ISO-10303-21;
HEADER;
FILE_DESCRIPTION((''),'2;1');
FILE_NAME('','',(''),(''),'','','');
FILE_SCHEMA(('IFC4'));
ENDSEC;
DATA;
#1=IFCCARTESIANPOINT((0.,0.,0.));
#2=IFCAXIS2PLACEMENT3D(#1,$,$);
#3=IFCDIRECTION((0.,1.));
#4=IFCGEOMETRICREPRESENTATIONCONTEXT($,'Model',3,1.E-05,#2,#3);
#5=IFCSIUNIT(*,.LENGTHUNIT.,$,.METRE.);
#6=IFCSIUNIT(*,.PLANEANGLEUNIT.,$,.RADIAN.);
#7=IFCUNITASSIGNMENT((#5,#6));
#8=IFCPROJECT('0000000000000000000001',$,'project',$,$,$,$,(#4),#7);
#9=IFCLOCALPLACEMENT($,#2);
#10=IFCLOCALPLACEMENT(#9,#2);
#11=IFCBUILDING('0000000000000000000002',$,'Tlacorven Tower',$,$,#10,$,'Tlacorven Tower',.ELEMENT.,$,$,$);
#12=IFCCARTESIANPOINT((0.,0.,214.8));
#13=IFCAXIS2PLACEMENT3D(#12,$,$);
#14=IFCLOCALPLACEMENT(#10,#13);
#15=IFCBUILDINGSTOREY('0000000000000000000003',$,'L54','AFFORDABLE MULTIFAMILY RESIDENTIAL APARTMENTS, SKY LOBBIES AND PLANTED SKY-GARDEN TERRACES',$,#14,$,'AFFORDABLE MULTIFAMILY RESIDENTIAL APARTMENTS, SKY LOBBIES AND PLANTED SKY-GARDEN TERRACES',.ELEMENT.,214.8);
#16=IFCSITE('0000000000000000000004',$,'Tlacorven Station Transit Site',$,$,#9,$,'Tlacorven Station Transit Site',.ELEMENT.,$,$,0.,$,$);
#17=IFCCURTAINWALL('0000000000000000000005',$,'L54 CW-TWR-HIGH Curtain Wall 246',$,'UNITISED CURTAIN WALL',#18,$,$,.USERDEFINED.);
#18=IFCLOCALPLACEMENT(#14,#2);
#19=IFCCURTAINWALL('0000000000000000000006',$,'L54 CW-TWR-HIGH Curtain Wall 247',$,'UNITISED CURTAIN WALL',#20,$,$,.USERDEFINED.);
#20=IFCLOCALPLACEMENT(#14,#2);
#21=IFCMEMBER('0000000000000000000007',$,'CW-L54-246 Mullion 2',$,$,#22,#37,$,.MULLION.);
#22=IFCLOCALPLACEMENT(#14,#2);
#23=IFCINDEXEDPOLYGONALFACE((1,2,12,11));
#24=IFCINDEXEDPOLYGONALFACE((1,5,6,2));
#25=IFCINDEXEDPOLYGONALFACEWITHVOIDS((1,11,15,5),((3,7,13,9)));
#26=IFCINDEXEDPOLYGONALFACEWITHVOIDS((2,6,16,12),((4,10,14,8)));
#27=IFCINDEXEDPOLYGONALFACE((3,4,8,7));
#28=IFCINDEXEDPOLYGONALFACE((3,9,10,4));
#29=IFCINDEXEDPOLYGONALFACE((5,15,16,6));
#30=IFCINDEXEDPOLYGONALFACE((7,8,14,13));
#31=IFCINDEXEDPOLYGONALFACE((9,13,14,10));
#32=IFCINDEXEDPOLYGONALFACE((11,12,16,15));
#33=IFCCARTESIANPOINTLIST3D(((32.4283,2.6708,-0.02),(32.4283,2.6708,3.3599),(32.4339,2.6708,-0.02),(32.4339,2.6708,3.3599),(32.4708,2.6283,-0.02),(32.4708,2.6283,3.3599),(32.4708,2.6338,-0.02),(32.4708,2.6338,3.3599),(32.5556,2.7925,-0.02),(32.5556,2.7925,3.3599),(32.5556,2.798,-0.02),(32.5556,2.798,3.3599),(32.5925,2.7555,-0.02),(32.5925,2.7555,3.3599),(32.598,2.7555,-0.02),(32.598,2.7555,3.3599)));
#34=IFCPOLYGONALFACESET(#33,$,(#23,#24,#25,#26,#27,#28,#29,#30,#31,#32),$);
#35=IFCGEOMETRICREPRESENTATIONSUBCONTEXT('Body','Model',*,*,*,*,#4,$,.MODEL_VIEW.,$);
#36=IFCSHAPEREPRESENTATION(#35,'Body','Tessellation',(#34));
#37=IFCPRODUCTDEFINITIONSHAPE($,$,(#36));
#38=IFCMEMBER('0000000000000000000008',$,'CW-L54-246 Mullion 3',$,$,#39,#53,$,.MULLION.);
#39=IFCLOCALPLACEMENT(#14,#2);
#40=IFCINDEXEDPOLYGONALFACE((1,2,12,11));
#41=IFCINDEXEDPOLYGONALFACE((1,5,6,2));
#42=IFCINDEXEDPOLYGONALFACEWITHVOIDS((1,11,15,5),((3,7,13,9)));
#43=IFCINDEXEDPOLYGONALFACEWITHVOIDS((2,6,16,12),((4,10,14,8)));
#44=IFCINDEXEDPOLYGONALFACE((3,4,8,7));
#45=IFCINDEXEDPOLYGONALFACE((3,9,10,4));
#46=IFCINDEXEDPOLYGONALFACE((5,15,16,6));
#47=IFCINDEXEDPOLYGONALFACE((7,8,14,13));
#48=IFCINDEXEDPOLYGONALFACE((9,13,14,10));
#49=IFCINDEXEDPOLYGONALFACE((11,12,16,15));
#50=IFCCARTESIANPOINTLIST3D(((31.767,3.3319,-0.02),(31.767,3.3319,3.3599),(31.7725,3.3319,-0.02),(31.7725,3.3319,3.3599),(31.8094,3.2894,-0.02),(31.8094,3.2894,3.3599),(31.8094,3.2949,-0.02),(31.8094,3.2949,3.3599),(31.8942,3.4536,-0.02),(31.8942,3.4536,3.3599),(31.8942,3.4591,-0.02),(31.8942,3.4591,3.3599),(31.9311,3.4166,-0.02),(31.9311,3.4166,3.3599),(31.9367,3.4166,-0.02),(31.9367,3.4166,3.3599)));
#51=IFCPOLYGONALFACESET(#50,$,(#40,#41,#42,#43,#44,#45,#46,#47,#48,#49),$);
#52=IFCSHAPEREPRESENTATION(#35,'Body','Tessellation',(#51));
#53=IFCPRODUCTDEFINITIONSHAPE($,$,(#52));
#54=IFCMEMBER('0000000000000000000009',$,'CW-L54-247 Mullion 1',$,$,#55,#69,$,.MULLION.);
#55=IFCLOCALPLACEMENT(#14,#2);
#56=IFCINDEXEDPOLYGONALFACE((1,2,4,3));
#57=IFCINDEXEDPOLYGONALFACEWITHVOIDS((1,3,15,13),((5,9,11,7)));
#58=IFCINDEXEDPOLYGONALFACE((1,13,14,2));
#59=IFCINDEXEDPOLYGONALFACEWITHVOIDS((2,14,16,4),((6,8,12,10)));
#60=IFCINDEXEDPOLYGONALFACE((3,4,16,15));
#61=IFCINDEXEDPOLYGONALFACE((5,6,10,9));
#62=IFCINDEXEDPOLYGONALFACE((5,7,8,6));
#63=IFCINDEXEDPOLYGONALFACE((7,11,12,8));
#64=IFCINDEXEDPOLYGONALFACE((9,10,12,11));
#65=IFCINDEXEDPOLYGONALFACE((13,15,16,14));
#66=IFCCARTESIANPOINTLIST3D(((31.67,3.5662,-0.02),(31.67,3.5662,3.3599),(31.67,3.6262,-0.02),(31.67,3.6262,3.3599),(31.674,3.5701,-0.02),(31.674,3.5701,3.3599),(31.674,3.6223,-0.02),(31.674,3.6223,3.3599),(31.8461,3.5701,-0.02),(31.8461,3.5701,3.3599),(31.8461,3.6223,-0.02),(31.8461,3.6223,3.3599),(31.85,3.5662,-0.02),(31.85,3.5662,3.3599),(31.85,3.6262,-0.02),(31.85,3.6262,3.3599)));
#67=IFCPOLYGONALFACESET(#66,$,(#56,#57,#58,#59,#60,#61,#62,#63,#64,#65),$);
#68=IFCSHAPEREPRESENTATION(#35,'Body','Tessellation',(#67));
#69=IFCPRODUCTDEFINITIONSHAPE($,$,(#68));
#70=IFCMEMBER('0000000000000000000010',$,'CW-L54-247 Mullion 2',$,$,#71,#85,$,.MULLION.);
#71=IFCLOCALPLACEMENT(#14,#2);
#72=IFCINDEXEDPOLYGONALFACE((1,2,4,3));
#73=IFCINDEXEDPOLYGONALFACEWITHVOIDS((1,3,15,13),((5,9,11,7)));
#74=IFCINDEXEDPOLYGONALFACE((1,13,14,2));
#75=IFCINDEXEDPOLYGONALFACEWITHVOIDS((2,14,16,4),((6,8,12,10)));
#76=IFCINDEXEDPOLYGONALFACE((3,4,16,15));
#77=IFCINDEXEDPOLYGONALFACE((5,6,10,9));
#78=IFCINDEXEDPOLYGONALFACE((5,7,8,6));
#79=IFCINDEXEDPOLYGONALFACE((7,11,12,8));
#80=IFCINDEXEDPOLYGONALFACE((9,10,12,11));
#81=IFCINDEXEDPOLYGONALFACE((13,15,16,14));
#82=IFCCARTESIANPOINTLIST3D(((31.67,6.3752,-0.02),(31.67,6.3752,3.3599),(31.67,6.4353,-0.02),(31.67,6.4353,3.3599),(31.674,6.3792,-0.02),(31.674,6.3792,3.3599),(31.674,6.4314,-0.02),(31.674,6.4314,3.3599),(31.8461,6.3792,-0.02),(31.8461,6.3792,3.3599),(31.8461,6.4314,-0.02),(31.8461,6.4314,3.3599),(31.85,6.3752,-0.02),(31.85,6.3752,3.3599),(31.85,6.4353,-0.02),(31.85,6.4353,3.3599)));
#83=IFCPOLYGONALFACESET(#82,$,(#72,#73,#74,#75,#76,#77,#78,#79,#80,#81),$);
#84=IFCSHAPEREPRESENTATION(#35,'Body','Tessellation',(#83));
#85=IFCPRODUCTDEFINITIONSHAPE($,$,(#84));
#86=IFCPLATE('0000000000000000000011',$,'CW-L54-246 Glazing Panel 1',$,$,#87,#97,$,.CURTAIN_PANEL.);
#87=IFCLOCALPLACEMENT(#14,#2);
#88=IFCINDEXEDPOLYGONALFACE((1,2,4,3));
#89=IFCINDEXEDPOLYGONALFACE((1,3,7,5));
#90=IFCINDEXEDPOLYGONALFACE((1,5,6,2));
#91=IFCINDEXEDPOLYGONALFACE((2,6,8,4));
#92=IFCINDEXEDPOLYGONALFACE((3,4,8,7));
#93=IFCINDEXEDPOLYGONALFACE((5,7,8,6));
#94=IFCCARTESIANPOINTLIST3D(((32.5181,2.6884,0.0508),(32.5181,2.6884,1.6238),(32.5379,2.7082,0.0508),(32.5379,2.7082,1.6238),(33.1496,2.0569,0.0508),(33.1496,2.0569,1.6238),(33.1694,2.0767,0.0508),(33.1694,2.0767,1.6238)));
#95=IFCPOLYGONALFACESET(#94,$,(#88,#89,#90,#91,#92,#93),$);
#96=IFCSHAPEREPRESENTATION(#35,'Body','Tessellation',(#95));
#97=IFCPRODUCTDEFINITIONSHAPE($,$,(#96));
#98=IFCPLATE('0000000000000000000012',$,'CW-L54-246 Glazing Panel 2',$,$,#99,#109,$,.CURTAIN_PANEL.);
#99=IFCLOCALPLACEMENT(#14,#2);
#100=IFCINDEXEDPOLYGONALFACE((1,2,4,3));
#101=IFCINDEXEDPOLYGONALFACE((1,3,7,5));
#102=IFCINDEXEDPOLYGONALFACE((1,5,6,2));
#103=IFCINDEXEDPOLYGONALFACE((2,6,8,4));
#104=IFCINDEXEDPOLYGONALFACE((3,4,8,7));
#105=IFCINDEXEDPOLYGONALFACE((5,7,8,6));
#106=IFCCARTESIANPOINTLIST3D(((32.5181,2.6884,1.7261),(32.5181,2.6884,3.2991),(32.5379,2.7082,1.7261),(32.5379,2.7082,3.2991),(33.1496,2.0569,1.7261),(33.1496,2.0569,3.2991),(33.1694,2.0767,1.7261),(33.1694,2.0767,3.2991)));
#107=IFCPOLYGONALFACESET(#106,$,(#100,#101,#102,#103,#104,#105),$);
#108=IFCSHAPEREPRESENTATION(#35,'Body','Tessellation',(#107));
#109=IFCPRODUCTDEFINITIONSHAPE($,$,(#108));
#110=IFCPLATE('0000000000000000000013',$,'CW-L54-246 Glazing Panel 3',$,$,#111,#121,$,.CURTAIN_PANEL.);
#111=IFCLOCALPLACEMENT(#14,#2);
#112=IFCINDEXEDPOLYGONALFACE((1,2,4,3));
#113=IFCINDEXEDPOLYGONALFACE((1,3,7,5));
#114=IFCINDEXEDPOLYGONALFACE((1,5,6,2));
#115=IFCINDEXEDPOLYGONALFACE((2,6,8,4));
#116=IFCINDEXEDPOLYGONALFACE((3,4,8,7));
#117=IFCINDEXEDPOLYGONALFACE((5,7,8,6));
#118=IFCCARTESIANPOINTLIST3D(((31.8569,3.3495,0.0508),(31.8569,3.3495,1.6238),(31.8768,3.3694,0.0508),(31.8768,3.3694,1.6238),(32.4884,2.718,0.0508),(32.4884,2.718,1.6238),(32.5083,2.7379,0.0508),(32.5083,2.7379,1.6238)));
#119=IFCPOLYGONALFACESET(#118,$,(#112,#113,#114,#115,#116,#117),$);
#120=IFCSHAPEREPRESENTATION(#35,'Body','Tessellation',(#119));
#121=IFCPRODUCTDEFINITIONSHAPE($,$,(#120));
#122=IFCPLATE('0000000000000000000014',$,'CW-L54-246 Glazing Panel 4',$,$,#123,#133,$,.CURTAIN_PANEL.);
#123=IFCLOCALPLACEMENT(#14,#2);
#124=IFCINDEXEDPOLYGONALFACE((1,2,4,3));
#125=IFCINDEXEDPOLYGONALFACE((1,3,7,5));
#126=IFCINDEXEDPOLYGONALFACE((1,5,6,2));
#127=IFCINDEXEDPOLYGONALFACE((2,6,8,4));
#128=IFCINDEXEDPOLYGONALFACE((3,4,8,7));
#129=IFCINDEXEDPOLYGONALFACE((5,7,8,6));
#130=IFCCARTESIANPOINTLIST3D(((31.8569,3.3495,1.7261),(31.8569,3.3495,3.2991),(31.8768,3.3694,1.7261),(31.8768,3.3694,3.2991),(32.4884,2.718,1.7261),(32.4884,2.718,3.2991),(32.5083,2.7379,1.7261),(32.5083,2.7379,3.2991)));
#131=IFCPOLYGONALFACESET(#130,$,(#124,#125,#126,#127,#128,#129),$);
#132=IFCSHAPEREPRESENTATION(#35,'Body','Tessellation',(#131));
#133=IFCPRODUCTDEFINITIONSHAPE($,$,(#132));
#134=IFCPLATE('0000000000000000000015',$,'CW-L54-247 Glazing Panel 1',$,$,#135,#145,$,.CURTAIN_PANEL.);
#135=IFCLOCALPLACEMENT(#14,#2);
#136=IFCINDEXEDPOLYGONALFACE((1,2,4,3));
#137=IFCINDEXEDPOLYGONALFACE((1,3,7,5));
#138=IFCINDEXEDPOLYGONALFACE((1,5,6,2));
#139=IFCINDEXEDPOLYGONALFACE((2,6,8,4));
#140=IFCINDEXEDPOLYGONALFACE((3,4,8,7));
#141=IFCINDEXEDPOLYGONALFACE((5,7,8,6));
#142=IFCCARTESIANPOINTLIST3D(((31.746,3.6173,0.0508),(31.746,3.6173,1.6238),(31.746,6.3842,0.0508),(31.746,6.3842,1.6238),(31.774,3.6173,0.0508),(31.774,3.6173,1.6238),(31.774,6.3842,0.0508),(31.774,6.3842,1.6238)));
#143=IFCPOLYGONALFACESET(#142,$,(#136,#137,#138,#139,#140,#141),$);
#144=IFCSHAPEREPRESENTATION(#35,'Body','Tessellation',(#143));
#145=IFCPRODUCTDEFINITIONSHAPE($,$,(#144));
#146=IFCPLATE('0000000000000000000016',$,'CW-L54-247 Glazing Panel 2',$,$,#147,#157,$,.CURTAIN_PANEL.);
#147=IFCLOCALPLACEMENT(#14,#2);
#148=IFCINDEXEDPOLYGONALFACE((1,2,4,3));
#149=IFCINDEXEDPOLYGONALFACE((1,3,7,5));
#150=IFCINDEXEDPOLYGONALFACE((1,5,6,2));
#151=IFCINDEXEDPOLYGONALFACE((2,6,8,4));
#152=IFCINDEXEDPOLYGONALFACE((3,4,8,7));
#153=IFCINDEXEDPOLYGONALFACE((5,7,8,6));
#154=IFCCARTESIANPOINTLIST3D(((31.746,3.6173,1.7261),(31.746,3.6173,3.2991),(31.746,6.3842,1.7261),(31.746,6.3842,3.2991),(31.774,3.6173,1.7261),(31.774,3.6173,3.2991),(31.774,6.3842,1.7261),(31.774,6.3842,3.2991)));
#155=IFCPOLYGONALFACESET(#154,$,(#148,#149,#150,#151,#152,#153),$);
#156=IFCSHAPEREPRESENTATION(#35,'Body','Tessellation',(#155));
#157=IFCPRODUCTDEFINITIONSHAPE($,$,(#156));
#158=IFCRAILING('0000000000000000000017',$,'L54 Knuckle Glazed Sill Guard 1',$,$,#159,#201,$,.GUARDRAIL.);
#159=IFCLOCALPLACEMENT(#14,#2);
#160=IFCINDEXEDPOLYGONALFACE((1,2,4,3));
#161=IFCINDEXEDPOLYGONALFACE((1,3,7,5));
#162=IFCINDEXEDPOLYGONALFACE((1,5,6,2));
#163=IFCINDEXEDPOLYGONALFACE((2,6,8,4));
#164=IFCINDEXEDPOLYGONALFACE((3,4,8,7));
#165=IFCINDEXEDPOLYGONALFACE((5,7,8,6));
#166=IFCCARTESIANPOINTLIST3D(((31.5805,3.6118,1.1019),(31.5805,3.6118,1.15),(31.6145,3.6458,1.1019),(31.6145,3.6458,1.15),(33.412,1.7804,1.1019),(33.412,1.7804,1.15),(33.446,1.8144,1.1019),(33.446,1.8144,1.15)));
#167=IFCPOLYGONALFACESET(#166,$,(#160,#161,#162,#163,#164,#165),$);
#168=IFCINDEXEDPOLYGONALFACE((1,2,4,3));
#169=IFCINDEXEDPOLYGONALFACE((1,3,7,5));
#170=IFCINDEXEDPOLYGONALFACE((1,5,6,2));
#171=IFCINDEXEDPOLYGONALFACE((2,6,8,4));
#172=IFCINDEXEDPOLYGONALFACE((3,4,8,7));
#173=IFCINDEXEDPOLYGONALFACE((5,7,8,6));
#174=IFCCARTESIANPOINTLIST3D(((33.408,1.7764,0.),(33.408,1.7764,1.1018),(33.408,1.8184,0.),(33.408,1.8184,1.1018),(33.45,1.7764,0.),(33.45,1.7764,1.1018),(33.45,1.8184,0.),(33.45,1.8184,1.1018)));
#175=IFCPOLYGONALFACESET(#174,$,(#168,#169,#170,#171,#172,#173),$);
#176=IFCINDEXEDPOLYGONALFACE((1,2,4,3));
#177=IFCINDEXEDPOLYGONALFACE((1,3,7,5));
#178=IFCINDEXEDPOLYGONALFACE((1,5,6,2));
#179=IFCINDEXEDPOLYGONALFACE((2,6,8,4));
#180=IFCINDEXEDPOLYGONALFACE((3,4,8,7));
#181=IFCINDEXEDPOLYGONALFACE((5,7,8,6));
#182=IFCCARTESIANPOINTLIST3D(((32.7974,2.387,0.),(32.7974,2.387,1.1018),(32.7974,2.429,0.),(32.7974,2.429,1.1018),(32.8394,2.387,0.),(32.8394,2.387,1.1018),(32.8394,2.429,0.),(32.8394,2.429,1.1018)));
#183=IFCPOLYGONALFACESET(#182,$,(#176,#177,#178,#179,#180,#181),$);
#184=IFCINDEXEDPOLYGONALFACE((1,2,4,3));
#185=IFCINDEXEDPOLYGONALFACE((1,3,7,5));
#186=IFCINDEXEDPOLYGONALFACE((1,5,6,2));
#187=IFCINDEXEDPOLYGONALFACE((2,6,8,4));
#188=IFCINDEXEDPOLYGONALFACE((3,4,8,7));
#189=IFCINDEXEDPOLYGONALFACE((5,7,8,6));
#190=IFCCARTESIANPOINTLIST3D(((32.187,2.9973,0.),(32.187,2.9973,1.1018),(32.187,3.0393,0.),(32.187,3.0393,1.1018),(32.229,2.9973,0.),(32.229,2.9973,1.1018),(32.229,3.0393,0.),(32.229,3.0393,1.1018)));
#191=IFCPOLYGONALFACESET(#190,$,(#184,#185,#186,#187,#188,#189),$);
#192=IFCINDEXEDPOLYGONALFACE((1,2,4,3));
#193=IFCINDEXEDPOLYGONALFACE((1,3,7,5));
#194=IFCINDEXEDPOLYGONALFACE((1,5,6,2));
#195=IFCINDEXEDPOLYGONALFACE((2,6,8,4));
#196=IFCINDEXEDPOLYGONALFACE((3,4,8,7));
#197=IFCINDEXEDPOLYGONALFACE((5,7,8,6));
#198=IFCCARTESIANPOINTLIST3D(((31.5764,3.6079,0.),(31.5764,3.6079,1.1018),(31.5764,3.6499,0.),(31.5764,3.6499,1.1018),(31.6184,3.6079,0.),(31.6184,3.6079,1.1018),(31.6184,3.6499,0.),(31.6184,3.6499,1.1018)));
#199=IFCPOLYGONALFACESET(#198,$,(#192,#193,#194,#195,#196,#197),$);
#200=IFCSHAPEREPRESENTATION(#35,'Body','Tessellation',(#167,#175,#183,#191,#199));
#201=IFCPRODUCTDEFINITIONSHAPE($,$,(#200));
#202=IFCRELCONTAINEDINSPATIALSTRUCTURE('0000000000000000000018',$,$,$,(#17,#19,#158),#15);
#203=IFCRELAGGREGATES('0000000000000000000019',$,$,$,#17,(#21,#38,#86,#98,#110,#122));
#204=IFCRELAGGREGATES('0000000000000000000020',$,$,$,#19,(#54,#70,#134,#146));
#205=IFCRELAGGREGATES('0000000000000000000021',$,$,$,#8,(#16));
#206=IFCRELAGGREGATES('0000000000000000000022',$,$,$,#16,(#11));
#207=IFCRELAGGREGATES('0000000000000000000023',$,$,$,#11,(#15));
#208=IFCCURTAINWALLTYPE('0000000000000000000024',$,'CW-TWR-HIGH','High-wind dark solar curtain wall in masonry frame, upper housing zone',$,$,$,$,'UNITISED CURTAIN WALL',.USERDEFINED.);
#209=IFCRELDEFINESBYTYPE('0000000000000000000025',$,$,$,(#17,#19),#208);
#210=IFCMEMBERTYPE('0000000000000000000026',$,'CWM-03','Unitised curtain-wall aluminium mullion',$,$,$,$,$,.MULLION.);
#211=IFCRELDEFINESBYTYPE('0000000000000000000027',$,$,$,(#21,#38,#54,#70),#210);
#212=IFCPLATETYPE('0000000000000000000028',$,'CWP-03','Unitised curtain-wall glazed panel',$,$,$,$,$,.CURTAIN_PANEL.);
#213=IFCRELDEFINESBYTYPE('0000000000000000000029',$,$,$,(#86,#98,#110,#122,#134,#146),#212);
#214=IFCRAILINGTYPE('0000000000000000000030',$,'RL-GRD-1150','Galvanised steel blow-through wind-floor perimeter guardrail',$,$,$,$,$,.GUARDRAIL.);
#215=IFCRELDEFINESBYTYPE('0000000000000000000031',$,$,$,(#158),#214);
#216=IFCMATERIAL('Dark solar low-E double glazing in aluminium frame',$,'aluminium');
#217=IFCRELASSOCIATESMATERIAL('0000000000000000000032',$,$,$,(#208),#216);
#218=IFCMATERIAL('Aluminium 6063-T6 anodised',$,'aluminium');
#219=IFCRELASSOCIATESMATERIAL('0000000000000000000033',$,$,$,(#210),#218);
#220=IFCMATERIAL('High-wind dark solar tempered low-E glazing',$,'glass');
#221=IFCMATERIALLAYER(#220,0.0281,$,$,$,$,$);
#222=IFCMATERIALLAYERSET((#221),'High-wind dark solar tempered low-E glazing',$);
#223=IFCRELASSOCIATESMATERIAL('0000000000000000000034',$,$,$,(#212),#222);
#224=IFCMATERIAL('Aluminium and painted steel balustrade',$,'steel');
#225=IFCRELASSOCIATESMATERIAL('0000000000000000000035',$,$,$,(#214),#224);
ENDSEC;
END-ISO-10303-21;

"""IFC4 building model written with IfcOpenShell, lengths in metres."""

from ifc_helpers import new_model, si_unit, direction, frame, origin, origin_2d, place, context, subcontext, project, spatial, rectangle, hollow_rectangle, extrude, source, transform, mapped, material, layer, layer_set, material_profile, profile_set, type_object, element, aggregate, save


model = new_model("IFC4")

# Units and contexts
model_context = context("Model", 3, precision=1e-05, world=origin(), true_north=direction((0.0, 1.0)))
body_context = subcontext(model_context, "Body", "Model", "MODEL_VIEW")
ifc_project = project(units=[si_unit("LENGTHUNIT", "METRE"), si_unit("PLANEANGLEUNIT", "RADIAN")], contexts=[model_context])

# Site, building, storey
site_placement = place(None, origin())
site = spatial("IfcSite", under=ifc_project, at=site_placement, Name="Tlacorven Station Transit Site", LongName="Tlacorven Station Transit Site", CompositionType="ELEMENT", RefElevation=0.0)
building_placement = place(site_placement, origin())
building = spatial("IfcBuilding", under=site, at=building_placement, Name="Tlacorven Tower", LongName="Tlacorven Tower", CompositionType="ELEMENT")
storey_placement = place(building_placement, frame((0.0, 0.0, 214.8)))
storey = spatial("IfcBuildingStorey", under=building, at=storey_placement, Name="L54", Description="AFFORDABLE MULTIFAMILY RESIDENTIAL APARTMENTS, SKY LOBBIES AND PLANTED SKY-GARDEN TERRACES", LongName="AFFORDABLE MULTIFAMILY RESIDENTIAL APARTMENTS, SKY LOBBIES AND PLANTED SKY-GARDEN TERRACES", CompositionType="ELEMENT", Elevation=214.8)

# Curtain walls
ifc_material_1 = material(Name="Dark solar low-E double glazing in aluminium frame", Category="aluminium")
curtain_wall_type = type_object("IfcCurtainWallType", Name="CW-TWR-HIGH", Description="High-wind dark solar curtain wall in masonry frame, upper housing zone", ElementType="UNITISED CURTAIN WALL", PredefinedType="USERDEFINED", material=ifc_material_1)
curtain_wall_1_placement = place(storey_placement, origin())
curtain_wall_1 = element("IfcCurtainWall", 1, at=curtain_wall_1_placement, inside=storey, type_object=curtain_wall_type, Name="L54 CW-TWR-HIGH Curtain Wall 246", ObjectType="UNITISED CURTAIN WALL", PredefinedType="USERDEFINED")
ifc_material_2 = material(Name="Aluminium 6063-T6 anodised", Category="aluminium")
curtain_wall_2_placement = place(storey_placement, origin())
curtain_wall_2 = element("IfcCurtainWall", 2, at=curtain_wall_2_placement, inside=storey, type_object=curtain_wall_type, Name="L54 CW-TWR-HIGH Curtain Wall 247", ObjectType="UNITISED CURTAIN WALL", PredefinedType="USERDEFINED")

# Shared definitions
ifc_material_profile_1 = material_profile(ifc_material_2, hollow_rectangle(XDim=0.0601, YDim=0.1799, WallThickness=0.0039, at=origin_2d()), Name="ALU MULLION 60X180")
ifc_profile_set_1 = profile_set([ifc_material_profile_1], Name="Aluminium 6063-T6 anodised")
member_type_1 = type_object("IfcMemberType", Name="CWM-03", Description="Unitised curtain-wall aluminium mullion", PredefinedType="MULLION", material=ifc_profile_set_1)
shared_shape_1 = source(origin(), body_context, "Body", "SweptSolid", [
    extrude(hollow_rectangle(XDim=0.0601, YDim=0.1799, WallThickness=0.0039, at=origin_2d()), origin(), (0.0, 0.0, 1.0), 3.3799),
])

# Members
member_1_placement = place(storey_placement, frame((32.5132, 2.7131, -0.02), z_axis=(0.0, 0.0, 1.0), x_axis=(-0.707107, 0.707107, 0.0)))
member_1 = element("IfcMember", 3, at=member_1_placement, type_object=member_type_1, Name="CW-L54-246 Mullion 2", PredefinedType="MULLION", context=body_context, shape_type="MappedRepresentation", body=[
    mapped(shared_shape_1, transform((0.0, 0.0, 0.0), scale=1.0)),
])
member_2_placement = place(storey_placement, frame((31.8518, 3.3743, -0.02), z_axis=(0.0, 0.0, 1.0), x_axis=(-0.707107, 0.707107, 0.0)))
member_2 = element("IfcMember", 4, at=member_2_placement, type_object=member_type_1, Name="CW-L54-246 Mullion 3", PredefinedType="MULLION", context=body_context, shape_type="MappedRepresentation", body=[
    mapped(shared_shape_1, transform((0.0, 0.0, 0.0), scale=1.0)),
])
member_3_placement = place(storey_placement, frame((31.76, 3.5962, -0.02), z_axis=(0.0, 0.0, 1.0), x_axis=(0.0, 1.0, 0.0)))
member_3 = element("IfcMember", 5, at=member_3_placement, type_object=member_type_1, Name="CW-L54-247 Mullion 1", PredefinedType="MULLION", context=body_context, shape_type="MappedRepresentation", body=[
    mapped(shared_shape_1, transform((0.0, 0.0, 0.0), scale=1.0)),
])
member_4_placement = place(storey_placement, frame((31.76, 6.4053, -0.02), z_axis=(0.0, 0.0, 1.0), x_axis=(0.0, 1.0, 0.0)))
member_4 = element("IfcMember", 6, at=member_4_placement, type_object=member_type_1, Name="CW-L54-247 Mullion 2", PredefinedType="MULLION", context=body_context, shape_type="MappedRepresentation", body=[
    mapped(shared_shape_1, transform((0.0, 0.0, 0.0), scale=1.0)),
])

# Plates
ifc_material_3 = material(Name="High-wind dark solar tempered low-E glazing", Category="glass")
ifc_layer = layer(ifc_material_3, 0.0281)
ifc_layer_set = layer_set([ifc_layer], Name="High-wind dark solar tempered low-E glazing")
plate_type = type_object("IfcPlateType", Name="CWP-03", Description="Unitised curtain-wall glazed panel", PredefinedType="CURTAIN_PANEL", material=ifc_layer_set)
shared_shape_2 = source(origin(), body_context, "Body", "SweptSolid", [
    extrude(rectangle(XDim=0.8931, YDim=0.0281, at=origin_2d()), origin(), (0.0, 0.0, 1.0), 1.573),
])
plate_1_placement = place(storey_placement, frame((32.8438, 2.3826, 0.0508), z_axis=(0.0, 0.0, 1.0), x_axis=(-0.707107, 0.707107, 0.0)))
plate_1 = element("IfcPlate", 7, at=plate_1_placement, type_object=plate_type, Name="CW-L54-246 Glazing Panel 1", PredefinedType="CURTAIN_PANEL", context=body_context, shape_type="MappedRepresentation", body=[
    mapped(shared_shape_2, transform((0.0, 0.0, 0.0), scale=1.0)),
])
plate_2_placement = place(storey_placement, frame((32.8438, 2.3826, 1.7261), z_axis=(0.0, 0.0, 1.0), x_axis=(-0.707107, 0.707107, 0.0)))
plate_2 = element("IfcPlate", 8, at=plate_2_placement, type_object=plate_type, Name="CW-L54-246 Glazing Panel 2", PredefinedType="CURTAIN_PANEL", context=body_context, shape_type="MappedRepresentation", body=[
    mapped(shared_shape_2, transform((0.0, 0.0, 0.0), scale=1.0)),
])
plate_3_placement = place(storey_placement, frame((32.1826, 3.0437, 0.0508), z_axis=(0.0, 0.0, 1.0), x_axis=(-0.707107, 0.707107, 0.0)))
plate_3 = element("IfcPlate", 9, at=plate_3_placement, type_object=plate_type, Name="CW-L54-246 Glazing Panel 3", PredefinedType="CURTAIN_PANEL", context=body_context, shape_type="MappedRepresentation", body=[
    mapped(shared_shape_2, transform((0.0, 0.0, 0.0), scale=1.0)),
])
plate_4_placement = place(storey_placement, frame((32.1826, 3.0437, 1.7261), z_axis=(0.0, 0.0, 1.0), x_axis=(-0.707107, 0.707107, 0.0)))
plate_4 = element("IfcPlate", 10, at=plate_4_placement, type_object=plate_type, Name="CW-L54-246 Glazing Panel 4", PredefinedType="CURTAIN_PANEL", context=body_context, shape_type="MappedRepresentation", body=[
    mapped(shared_shape_2, transform((0.0, 0.0, 0.0), scale=1.0)),
])
aggregate(curtain_wall_1, [member_1, member_2, plate_1, plate_2, plate_3, plate_4])
shared_shape_3 = source(origin(), body_context, "Body", "SweptSolid", [
    extrude(rectangle(XDim=2.7668, YDim=0.0281, at=origin_2d()), origin(), (0.0, 0.0, 1.0), 1.573),
])
plate_5_placement = place(storey_placement, frame((31.76, 5.0007, 0.0508), z_axis=(0.0, 0.0, 1.0), x_axis=(0.0, 1.0, 0.0)))
plate_5 = element("IfcPlate", 11, at=plate_5_placement, type_object=plate_type, Name="CW-L54-247 Glazing Panel 1", PredefinedType="CURTAIN_PANEL", context=body_context, shape_type="MappedRepresentation", body=[
    mapped(shared_shape_3, transform((0.0, 0.0, 0.0), scale=1.0)),
])
plate_6_placement = place(storey_placement, frame((31.76, 5.0007, 1.7261), z_axis=(0.0, 0.0, 1.0), x_axis=(0.0, 1.0, 0.0)))
plate_6 = element("IfcPlate", 12, at=plate_6_placement, type_object=plate_type, Name="CW-L54-247 Glazing Panel 2", PredefinedType="CURTAIN_PANEL", context=body_context, shape_type="MappedRepresentation", body=[
    mapped(shared_shape_3, transform((0.0, 0.0, 0.0), scale=1.0)),
])
aggregate(curtain_wall_2, [member_3, member_4, plate_5, plate_6])

# Railing
ifc_material_4 = material(Name="Aluminium and painted steel balustrade", Category="steel")
railing_type = type_object("IfcRailingType", Name="RL-GRD-1150", Description="Galvanised steel blow-through wind-floor perimeter guardrail", PredefinedType="GUARDRAIL", material=ifc_material_4)
shared_shape_4 = source(origin(), body_context, "Body", "SweptSolid", [
    extrude(rectangle(XDim=0.0481, YDim=0.0481, at=origin_2d()), frame((0.0, 0.0, 1.126), z_axis=(-0.707107, 0.707107, 0.0), x_axis=(-0.707107, -0.707107, 0.0)), (0.0, 0.0, 1.0), 2.5901),
    extrude(rectangle(XDim=0.042, YDim=0.042, at=origin_2d()), origin(), (0.0, 0.0, 1.0), 1.1018),
    extrude(rectangle(XDim=0.042, YDim=0.042, at=origin_2d()), frame((-0.6106, 0.6106, 0.0)), (0.0, 0.0, 1.0), 1.1018),
    extrude(rectangle(XDim=0.042, YDim=0.042, at=origin_2d()), frame((-1.2209, 1.2209, 0.0)), (0.0, 0.0, 1.0), 1.1018),
    extrude(rectangle(XDim=0.042, YDim=0.042, at=origin_2d()), frame((-1.8315, 1.8315, 0.0)), (0.0, 0.0, 1.0), 1.1018),
])
railing_placement = place(storey_placement, frame((33.429, 1.7974, 0.0)))
element("IfcRailing", 13, at=railing_placement, inside=storey, type_object=railing_type, Name="L54 Knuckle Glazed Sill Guard 1", PredefinedType="GUARDRAIL", context=body_context, shape_type="MappedRepresentation", body=[
    mapped(shared_shape_4, transform((0.0, 0.0, 0.0), scale=1.0)),
])

save(model, "model.ifc")
